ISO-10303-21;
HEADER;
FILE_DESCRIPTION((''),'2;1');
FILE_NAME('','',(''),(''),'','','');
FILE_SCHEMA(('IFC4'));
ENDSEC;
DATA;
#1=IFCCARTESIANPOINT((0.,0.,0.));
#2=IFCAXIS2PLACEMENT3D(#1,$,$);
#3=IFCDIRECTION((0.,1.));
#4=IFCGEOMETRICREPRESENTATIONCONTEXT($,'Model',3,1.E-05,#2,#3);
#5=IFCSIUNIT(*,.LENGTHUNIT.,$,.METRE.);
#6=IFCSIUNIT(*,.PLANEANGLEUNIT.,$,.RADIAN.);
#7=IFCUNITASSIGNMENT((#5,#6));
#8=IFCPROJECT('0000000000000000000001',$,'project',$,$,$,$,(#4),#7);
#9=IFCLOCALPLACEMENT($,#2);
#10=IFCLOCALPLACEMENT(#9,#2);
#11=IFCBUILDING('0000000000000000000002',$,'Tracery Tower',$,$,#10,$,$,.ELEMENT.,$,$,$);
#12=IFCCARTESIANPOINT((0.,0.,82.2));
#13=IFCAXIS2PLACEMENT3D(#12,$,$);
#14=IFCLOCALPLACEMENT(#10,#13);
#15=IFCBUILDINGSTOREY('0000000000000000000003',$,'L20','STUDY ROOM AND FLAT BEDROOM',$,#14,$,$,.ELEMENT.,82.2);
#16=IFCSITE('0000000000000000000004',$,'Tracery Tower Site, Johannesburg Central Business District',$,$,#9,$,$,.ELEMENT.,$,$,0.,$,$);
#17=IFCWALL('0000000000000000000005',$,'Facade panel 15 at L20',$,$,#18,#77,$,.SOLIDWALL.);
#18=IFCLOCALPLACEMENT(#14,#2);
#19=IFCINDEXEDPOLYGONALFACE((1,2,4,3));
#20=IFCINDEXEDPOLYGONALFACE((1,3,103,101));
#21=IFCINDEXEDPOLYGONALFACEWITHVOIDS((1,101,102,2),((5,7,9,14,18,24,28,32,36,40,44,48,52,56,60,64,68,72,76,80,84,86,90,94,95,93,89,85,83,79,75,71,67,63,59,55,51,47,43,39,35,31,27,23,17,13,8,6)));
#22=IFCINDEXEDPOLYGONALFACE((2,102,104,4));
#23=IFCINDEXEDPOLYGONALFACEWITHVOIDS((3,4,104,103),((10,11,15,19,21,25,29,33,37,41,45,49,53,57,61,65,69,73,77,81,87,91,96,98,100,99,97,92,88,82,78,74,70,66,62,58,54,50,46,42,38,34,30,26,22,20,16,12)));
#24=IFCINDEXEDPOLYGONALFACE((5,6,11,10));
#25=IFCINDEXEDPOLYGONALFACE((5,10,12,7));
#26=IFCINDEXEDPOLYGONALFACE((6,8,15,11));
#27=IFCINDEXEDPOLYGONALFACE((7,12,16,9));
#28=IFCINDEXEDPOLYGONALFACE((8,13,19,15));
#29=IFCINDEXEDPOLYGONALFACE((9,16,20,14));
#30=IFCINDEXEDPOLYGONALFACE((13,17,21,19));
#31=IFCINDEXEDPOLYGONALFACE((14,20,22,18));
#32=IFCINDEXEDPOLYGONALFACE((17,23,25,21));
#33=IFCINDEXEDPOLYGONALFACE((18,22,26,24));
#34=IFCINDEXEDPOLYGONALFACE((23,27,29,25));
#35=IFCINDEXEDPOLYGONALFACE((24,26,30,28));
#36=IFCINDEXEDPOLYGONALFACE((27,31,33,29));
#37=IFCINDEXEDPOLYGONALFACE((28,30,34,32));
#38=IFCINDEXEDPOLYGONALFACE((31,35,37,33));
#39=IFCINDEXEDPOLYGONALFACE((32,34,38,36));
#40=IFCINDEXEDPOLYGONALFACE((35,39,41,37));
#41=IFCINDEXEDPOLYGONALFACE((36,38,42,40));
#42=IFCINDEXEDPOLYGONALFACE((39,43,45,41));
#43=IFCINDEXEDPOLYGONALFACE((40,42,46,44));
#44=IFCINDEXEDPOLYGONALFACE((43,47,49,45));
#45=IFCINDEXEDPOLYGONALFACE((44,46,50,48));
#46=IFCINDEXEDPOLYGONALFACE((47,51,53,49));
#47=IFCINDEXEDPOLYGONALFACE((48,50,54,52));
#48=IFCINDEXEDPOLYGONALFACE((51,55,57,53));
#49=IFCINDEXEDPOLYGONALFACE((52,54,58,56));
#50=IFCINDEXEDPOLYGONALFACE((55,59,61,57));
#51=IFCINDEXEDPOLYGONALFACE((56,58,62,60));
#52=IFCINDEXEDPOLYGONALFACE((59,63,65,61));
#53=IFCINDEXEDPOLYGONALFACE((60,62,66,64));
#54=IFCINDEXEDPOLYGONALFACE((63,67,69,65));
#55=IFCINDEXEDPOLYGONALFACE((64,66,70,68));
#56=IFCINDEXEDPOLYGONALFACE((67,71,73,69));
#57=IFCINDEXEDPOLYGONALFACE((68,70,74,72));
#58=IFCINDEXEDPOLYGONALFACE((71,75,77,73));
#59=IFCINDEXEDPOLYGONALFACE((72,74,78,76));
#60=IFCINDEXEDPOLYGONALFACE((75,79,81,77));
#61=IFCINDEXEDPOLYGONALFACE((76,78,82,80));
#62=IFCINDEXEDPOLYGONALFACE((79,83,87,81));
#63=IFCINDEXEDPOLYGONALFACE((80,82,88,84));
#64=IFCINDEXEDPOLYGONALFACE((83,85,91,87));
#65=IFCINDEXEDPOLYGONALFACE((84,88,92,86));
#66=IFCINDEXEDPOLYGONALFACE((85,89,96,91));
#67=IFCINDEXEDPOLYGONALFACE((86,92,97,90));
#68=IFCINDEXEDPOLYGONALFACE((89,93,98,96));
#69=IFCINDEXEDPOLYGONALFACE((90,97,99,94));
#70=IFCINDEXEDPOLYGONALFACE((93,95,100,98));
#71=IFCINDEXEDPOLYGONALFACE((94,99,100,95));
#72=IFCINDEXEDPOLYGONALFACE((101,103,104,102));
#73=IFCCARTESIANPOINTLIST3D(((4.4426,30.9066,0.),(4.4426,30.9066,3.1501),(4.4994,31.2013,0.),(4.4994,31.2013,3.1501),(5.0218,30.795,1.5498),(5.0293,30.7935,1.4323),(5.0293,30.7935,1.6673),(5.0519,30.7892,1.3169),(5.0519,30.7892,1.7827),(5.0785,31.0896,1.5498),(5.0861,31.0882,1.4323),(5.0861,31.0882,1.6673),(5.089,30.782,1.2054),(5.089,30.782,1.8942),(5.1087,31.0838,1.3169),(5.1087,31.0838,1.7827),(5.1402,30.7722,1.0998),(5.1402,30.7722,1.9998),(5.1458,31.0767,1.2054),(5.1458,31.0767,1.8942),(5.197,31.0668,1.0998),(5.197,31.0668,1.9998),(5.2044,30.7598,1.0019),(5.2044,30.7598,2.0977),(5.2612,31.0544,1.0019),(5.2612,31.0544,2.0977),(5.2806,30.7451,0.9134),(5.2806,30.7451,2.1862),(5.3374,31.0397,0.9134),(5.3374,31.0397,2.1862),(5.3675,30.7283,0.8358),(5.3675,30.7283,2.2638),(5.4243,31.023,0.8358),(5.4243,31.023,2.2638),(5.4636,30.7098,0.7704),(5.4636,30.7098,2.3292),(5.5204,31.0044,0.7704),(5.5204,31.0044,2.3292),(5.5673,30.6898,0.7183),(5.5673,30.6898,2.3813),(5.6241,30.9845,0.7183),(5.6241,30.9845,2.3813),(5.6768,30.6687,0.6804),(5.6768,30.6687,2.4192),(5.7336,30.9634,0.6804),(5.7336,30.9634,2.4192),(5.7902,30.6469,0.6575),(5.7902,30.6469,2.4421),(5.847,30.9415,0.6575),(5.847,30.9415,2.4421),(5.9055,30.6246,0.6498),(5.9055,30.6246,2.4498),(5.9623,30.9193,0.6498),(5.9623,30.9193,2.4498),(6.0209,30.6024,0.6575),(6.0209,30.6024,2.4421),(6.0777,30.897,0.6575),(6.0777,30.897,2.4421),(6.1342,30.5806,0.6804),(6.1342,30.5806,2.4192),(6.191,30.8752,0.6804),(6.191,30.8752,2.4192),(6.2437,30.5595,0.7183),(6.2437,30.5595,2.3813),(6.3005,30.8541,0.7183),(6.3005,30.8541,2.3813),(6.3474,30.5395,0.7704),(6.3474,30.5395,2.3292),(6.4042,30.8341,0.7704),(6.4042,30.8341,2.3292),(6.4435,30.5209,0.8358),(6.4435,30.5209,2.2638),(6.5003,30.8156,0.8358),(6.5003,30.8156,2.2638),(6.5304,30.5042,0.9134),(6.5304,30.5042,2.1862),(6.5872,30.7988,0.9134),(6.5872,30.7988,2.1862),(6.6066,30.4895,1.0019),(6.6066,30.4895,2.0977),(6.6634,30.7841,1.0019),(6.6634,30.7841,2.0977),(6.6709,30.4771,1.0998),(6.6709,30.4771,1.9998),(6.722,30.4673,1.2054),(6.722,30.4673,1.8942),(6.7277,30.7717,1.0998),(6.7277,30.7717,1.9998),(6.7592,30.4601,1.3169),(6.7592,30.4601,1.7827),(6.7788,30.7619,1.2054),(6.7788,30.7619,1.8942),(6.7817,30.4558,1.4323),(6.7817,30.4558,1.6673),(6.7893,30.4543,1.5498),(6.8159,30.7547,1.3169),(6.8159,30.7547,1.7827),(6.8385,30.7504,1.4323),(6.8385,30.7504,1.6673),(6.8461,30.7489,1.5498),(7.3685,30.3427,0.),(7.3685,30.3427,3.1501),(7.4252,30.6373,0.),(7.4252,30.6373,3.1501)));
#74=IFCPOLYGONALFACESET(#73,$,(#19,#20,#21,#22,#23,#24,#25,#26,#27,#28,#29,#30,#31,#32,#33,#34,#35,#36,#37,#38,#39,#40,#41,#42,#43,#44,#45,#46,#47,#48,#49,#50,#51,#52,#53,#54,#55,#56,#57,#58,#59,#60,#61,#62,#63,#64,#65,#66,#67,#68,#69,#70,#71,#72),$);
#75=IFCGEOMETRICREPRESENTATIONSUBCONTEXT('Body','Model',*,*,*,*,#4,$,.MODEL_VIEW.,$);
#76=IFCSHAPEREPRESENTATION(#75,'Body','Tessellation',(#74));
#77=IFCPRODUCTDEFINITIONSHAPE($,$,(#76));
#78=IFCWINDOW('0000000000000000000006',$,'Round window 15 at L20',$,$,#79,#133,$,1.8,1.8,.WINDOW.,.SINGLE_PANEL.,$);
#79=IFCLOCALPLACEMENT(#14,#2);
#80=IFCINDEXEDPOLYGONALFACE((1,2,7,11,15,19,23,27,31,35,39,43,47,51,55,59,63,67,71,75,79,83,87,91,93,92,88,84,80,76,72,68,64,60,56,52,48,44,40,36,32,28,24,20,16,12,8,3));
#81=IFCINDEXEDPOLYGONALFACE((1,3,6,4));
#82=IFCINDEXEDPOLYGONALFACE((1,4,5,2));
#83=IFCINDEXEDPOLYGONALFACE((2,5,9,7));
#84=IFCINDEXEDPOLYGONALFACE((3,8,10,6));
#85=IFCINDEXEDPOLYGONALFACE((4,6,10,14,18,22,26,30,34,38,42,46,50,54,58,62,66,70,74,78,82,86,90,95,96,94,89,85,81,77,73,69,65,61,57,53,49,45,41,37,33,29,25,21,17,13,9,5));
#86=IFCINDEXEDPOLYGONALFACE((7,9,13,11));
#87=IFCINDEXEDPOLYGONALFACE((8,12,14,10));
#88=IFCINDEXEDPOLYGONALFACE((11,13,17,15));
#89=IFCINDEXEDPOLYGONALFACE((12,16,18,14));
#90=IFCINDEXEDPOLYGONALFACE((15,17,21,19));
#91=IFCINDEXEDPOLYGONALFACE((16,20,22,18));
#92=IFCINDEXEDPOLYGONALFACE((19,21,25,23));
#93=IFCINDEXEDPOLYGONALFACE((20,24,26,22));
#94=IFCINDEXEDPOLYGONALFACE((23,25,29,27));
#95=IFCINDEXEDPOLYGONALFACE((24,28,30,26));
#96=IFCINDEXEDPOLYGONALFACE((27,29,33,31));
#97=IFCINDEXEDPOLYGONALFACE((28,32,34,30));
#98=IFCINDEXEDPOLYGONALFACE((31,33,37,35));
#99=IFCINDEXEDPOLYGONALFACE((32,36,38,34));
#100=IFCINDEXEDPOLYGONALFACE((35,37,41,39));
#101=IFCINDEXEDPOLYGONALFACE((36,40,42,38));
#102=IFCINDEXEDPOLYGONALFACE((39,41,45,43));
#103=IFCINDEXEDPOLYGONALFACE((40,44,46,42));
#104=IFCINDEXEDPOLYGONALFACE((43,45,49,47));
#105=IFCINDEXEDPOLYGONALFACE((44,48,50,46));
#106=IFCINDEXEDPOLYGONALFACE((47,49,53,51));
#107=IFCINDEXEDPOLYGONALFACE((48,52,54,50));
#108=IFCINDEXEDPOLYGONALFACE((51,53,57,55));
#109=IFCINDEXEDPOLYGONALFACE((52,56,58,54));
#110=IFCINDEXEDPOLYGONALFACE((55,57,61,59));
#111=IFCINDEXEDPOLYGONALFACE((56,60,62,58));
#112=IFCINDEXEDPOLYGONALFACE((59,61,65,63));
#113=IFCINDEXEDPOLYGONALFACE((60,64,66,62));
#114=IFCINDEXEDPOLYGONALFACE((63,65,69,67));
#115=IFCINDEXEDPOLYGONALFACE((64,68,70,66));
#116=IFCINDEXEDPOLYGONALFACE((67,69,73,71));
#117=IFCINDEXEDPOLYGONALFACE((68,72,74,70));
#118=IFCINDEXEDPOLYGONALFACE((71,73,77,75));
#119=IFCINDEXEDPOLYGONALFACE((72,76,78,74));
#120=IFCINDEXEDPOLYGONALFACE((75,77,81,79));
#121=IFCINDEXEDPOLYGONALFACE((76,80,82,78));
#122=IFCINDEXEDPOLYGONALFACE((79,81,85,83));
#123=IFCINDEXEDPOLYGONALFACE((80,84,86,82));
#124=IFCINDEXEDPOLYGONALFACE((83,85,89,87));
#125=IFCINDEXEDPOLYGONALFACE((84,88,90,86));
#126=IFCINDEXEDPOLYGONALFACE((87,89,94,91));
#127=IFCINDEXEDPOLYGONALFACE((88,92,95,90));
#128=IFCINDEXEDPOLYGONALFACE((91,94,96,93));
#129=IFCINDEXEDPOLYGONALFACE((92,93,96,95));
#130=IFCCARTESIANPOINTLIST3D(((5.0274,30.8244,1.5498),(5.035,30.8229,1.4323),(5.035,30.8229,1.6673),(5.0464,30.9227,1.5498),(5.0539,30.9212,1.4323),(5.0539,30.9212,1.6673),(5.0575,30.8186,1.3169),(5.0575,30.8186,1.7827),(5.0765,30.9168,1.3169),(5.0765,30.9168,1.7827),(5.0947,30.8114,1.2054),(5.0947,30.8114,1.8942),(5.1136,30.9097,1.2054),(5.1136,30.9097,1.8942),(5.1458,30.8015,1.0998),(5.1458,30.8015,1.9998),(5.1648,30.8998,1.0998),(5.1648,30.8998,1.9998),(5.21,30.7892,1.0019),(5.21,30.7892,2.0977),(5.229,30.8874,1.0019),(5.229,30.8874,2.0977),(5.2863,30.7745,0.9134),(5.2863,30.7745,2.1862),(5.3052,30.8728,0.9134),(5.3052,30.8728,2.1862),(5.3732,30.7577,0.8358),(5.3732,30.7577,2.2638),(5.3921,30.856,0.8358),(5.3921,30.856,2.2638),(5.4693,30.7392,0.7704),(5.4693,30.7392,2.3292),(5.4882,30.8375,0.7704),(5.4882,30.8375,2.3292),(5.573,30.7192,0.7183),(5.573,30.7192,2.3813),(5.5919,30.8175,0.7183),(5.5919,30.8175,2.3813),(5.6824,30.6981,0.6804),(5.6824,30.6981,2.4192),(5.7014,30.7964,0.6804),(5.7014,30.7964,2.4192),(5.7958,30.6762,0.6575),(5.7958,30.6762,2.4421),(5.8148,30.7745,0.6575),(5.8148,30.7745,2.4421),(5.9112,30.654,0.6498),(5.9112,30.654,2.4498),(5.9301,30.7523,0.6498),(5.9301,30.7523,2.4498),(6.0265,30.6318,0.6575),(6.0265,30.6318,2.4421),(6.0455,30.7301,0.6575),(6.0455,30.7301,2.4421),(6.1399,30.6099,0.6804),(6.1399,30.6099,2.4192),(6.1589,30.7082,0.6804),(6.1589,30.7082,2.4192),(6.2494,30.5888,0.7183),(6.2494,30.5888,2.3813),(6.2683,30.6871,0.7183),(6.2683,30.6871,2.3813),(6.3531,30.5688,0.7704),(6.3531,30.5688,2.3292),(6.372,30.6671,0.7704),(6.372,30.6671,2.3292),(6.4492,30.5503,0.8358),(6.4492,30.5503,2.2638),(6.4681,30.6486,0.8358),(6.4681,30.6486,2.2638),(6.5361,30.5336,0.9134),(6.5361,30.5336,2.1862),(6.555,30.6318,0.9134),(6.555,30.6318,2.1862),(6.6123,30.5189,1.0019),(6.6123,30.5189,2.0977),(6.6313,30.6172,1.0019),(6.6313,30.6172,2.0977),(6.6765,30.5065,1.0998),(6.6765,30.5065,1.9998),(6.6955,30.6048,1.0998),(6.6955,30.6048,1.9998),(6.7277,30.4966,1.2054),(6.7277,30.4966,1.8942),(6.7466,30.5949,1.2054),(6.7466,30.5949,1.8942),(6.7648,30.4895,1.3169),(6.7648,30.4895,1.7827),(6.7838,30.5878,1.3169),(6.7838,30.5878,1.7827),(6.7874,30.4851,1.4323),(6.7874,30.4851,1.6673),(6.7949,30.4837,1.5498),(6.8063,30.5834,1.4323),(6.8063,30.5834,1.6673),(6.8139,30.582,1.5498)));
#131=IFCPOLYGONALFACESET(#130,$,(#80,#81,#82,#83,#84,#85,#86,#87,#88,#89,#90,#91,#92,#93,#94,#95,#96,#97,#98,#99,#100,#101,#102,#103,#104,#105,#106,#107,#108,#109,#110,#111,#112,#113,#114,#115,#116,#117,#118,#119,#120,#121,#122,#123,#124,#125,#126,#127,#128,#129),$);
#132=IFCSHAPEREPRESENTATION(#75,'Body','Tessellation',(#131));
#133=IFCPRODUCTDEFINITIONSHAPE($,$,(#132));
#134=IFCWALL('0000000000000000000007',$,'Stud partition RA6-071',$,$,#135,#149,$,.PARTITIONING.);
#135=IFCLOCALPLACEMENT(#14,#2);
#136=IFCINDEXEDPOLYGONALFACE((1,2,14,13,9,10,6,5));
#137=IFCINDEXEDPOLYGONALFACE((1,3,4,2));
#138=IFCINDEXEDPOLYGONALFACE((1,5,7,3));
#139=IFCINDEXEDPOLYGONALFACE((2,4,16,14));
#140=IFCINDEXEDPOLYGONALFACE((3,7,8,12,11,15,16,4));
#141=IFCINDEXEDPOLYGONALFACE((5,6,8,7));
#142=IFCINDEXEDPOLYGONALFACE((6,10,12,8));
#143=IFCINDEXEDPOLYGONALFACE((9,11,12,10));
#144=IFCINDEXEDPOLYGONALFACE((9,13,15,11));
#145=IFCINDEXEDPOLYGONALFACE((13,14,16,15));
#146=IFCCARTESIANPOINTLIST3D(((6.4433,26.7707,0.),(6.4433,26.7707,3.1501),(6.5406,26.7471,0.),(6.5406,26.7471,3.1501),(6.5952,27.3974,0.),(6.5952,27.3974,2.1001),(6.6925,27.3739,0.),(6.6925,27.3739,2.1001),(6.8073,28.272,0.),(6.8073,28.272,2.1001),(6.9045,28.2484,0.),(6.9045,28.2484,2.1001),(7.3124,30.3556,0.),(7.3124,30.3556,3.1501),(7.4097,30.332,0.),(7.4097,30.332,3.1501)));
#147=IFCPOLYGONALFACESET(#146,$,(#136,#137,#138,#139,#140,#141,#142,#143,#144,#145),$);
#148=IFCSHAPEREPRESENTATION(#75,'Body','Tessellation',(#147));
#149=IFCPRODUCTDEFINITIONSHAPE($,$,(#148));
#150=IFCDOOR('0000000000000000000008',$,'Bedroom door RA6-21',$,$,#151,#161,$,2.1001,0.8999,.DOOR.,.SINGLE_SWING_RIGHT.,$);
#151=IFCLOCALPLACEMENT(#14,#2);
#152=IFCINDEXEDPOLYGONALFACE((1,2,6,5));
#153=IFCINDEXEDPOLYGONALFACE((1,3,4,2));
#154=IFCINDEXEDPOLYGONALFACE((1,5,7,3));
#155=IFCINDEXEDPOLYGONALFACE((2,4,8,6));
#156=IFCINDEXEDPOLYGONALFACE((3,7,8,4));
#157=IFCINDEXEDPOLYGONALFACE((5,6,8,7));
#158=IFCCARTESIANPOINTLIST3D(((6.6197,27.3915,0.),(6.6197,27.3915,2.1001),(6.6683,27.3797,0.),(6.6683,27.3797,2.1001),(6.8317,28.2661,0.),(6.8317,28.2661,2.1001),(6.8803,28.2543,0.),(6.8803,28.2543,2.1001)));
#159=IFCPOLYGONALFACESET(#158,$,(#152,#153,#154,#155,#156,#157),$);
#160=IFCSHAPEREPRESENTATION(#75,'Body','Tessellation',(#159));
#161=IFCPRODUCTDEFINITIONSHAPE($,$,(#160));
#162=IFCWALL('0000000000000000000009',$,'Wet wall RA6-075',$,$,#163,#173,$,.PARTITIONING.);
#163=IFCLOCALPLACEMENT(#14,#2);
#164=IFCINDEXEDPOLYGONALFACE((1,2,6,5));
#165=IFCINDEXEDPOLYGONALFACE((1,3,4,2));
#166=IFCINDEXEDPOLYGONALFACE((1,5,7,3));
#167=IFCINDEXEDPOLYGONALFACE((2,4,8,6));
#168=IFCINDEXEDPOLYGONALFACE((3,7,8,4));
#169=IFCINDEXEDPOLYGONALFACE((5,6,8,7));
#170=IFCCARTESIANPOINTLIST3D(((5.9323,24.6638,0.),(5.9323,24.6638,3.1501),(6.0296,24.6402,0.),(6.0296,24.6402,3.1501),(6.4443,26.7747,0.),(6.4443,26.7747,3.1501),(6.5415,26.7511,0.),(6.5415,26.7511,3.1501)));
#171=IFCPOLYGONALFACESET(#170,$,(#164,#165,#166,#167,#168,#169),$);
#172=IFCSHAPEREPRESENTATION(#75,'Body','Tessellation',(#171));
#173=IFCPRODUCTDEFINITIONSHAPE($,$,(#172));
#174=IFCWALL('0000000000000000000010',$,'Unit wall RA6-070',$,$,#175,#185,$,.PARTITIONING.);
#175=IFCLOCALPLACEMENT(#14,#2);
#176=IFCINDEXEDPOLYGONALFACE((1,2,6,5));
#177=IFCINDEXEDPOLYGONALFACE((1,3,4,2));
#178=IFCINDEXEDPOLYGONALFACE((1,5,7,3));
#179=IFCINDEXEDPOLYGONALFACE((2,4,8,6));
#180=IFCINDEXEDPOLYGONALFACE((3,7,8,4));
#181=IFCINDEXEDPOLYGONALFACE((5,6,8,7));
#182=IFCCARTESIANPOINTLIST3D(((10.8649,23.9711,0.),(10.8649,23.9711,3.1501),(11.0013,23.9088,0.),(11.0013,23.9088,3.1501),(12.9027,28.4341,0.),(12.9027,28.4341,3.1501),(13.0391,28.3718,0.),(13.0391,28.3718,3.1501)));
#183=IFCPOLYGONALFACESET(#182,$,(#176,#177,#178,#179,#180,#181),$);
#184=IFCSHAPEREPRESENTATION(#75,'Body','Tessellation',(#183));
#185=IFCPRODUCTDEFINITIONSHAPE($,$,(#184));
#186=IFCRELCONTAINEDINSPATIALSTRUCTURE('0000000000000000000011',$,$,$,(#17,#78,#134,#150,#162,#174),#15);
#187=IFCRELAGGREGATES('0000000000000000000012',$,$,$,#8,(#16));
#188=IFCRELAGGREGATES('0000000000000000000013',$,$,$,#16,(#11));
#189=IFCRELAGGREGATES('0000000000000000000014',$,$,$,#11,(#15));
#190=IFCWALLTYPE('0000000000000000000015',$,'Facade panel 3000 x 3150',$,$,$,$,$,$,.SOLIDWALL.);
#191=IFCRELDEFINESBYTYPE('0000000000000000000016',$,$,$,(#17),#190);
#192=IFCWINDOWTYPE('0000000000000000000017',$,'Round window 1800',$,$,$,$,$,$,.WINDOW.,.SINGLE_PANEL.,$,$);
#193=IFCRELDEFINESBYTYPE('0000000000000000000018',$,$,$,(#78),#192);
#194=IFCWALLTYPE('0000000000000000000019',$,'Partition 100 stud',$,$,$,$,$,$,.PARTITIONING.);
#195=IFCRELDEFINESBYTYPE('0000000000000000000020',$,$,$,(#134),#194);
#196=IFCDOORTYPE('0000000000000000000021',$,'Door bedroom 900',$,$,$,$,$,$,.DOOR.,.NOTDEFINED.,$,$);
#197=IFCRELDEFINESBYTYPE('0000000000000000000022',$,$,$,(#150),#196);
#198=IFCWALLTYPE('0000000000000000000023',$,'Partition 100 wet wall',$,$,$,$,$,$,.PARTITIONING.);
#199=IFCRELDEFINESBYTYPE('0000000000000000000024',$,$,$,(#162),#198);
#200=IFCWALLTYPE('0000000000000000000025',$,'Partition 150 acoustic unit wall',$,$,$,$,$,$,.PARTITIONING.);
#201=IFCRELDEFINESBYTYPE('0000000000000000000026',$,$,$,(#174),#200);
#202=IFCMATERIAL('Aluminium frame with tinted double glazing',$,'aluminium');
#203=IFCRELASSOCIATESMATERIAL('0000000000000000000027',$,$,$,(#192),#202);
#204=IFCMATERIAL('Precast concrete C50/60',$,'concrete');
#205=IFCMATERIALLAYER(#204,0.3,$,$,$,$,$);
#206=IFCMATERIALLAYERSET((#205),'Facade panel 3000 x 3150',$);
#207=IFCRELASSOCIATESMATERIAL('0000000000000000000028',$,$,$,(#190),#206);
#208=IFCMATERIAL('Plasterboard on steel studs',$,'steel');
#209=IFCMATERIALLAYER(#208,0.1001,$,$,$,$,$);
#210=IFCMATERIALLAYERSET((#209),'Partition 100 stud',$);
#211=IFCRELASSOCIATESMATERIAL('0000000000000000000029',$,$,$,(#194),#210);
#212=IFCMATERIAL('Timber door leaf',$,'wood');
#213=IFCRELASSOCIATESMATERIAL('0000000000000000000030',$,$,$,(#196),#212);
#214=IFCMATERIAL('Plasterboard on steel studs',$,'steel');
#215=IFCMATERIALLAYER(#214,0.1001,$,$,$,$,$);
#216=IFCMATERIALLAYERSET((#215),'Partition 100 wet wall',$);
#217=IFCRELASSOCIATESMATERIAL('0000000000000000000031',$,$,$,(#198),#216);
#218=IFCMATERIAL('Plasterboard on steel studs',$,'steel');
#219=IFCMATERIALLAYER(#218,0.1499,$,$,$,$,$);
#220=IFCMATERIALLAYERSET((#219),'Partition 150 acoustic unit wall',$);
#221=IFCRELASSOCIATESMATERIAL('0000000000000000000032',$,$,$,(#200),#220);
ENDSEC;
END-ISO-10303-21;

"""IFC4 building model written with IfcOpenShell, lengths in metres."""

from ifc_helpers import new_model, si_unit, direction, frame, frame_2d, origin, origin_2d, place, context, subcontext, project, spatial, rectangle, circle, extrude, material, layer, layer_set, type_object, element, fill, save


model = new_model("IFC4")

# Units and contexts
model_context = context("Model", 3, precision=1e-05, world=origin(), true_north=direction((0.0, 1.0)))
body_context = subcontext(model_context, "Body", "Model", "MODEL_VIEW")
ifc_project = project(units=[si_unit("LENGTHUNIT", "METRE"), si_unit("PLANEANGLEUNIT", "RADIAN")], contexts=[model_context])

# Site, building, storey
site_placement = place(None, origin())
site = spatial("IfcSite", under=ifc_project, at=site_placement, Name="Tracery Tower Site, Johannesburg Central Business District", CompositionType="ELEMENT", RefElevation=0.0)
building_placement = place(site_placement, origin())
building = spatial("IfcBuilding", under=site, at=building_placement, Name="Tracery Tower", CompositionType="ELEMENT")
storey_placement = place(building_placement, frame((0.0, 0.0, 82.2)))
storey = spatial("IfcBuildingStorey", under=building, at=storey_placement, Name="L20", Description="STUDY ROOM AND FLAT BEDROOM", CompositionType="ELEMENT", Elevation=82.2)

# Wall, opening, window
ifc_material_1 = material(Name="Aluminium frame with tinted double glazing", Category="aluminium")
window_type = type_object("IfcWindowType", Name="Round window 1800", PartitioningType="SINGLE_PANEL", PredefinedType="WINDOW", material=ifc_material_1)
ifc_material_2 = material(Name="Precast concrete C50/60", Category="concrete")
ifc_layer_1 = layer(ifc_material_2, 0.3)
ifc_layer_set_1 = layer_set([ifc_layer_1], Name="Facade panel 3000 x 3150")
wall_type_1 = type_object("IfcWallType", Name="Facade panel 3000 x 3150", PredefinedType="SOLIDWALL", material=ifc_layer_set_1)
wall_1_placement = place(storey_placement, frame((7.3967, 30.49, 0.0), z_axis=(0.0, 0.0, 1.0), x_axis=(-0.981925, 0.189273, 0.0)))
wall_1 = element("IfcWall", 1, at=wall_1_placement, inside=storey, type_object=wall_type_1, Name="Facade panel 15 at L20", PredefinedType="SOLIDWALL", context=body_context, shape_type="SweptSolid", body=[
    extrude(rectangle(XDim=2.9797, YDim=0.3, at=frame_2d((1.4897, 0.0))), origin(), (0.0, 0.0, 1.0), 3.1501),
])
opening_1_placement = place(wall_1_placement, frame((1.4897, 0.0, 1.5498)))
opening_1 = element("IfcOpeningElement", 2, at=opening_1_placement, cuts=wall_1, PredefinedType="OPENING", context=body_context, shape_type="SweptSolid", body=[
    extrude(circle(Radius=0.9, at=origin_2d()), frame((0.0, 0.1599, 0.0), z_axis=(0.0, -1.0, 0.0), x_axis=(1.0, 0.0, 0.0)), (0.0, 0.0, 1.0), 0.3201),
])
window_1_placement = place(opening_1_placement, origin())
window_1 = element("IfcWindow", 3, at=window_1_placement, inside=storey, type_object=window_type, Name="Round window 15 at L20", OverallHeight=1.8, OverallWidth=1.8, PartitioningType="SINGLE_PANEL", PredefinedType="WINDOW", context=body_context, shape_type="SweptSolid", body=[
    extrude(circle(Radius=0.9, at=origin_2d()), frame((0.0, 0.1201, 0.0), z_axis=(0.0, -1.0, 0.0), x_axis=(1.0, 0.0, 0.0)), (0.0, 0.0, 1.0), 0.1001),
])
fill(opening_1, window_1)

# Wall, opening, door
ifc_material_3 = material(Name="Plasterboard on steel studs", Category="steel")
ifc_layer_2 = layer(ifc_material_3, 0.1001)
ifc_layer_set_2 = layer_set([ifc_layer_2], Name="Partition 100 stud")
wall_type_2 = type_object("IfcWallType", Name="Partition 100 stud", PredefinedType="PARTITIONING", material=ifc_layer_set_2)
wall_2_placement = place(storey_placement, frame((6.4919, 26.759, 0.0), z_axis=(0.0, 0.0, 1.0), x_axis=(0.235615, 0.971846, 0.0)))
wall_2 = element("IfcWall", 4, at=wall_2_placement, inside=storey, type_object=wall_type_2, Name="Stud partition RA6-071", PredefinedType="PARTITIONING", context=body_context, shape_type="SweptSolid", body=[
    extrude(rectangle(XDim=3.6887, YDim=0.1001, at=frame_2d((1.8442, 0.0))), origin(), (0.0, 0.0, 1.0), 3.1501),
])
opening_2_placement = place(wall_2_placement, frame((0.6448, 0.0, 0.0)))
opening_2 = element("IfcOpeningElement", 5, at=opening_2_placement, cuts=wall_2, PredefinedType="OPENING", context=body_context, shape_type="SweptSolid", body=[
    extrude(rectangle(XDim=0.8999, YDim=2.1001, at=frame_2d((0.45, 1.05))), frame((0.0, 0.05, 0.0), z_axis=(0.0, -1.0, 0.0), x_axis=(1.0, 0.0, 0.0)), (0.0, 0.0, 1.0), 0.1001),
])
ifc_material_4 = material(Name="Timber door leaf", Category="wood")
door_type_1 = type_object("IfcDoorType", Name="Door bedroom 900", OperationType="NOTDEFINED", PredefinedType="DOOR", material=ifc_material_4)
door_1_placement = place(opening_2_placement, origin())
door_1 = element("IfcDoor", 6, at=door_1_placement, inside=storey, type_object=door_type_1, Name="Bedroom door RA6-21", OperationType="SINGLE_SWING_RIGHT", OverallHeight=2.1001, OverallWidth=0.8999, PredefinedType="DOOR", context=body_context, shape_type="SweptSolid", body=[
    extrude(rectangle(XDim=0.8999, YDim=2.1001, at=frame_2d((0.45, 1.05))), frame((0.0, 0.0249, 0.0), z_axis=(0.0, -1.0, 0.0), x_axis=(1.0, 0.0, 0.0)), (0.0, 0.0, 1.0), 0.05),
])
fill(opening_2, door_1)

# Walls
ifc_material_5 = material(Name="Plasterboard on steel studs", Category="steel")
ifc_layer_3 = layer(ifc_material_5, 0.1001)
ifc_layer_set_3 = layer_set([ifc_layer_3], Name="Partition 100 wet wall")
wall_type_3 = type_object("IfcWallType", Name="Partition 100 wet wall", PredefinedType="PARTITIONING", material=ifc_layer_set_3)
wall_3_placement = place(storey_placement, frame((5.981, 24.6521, 0.0), z_axis=(0.0, 0.0, 1.0), x_axis=(0.235706, 0.971824, 0.0)))
element("IfcWall", 7, at=wall_3_placement, inside=storey, type_object=wall_type_3, Name="Wet wall RA6-075", PredefinedType="PARTITIONING", context=body_context, shape_type="SweptSolid", body=[
    extrude(rectangle(XDim=2.1721, YDim=0.1001, at=frame_2d((1.0859, 0.0))), origin(), (0.0, 0.0, 1.0), 3.1501),
])
ifc_material_6 = material(Name="Plasterboard on steel studs", Category="steel")
ifc_layer_4 = layer(ifc_material_6, 0.1499)
ifc_layer_set_4 = layer_set([ifc_layer_4], Name="Partition 150 acoustic unit wall")
wall_type_4 = type_object("IfcWallType", Name="Partition 150 acoustic unit wall", PredefinedType="PARTITIONING", material=ifc_layer_set_4)
wall_4_placement = place(storey_placement, frame((10.9331, 23.9399, 0.0), z_axis=(0.0, 0.0, 1.0), x_axis=(0.415347, 0.909663, 0.0)))
element("IfcWall", 8, at=wall_4_placement, inside=storey, type_object=wall_type_4, Name="Unit wall RA6-070", PredefinedType="PARTITIONING", context=body_context, shape_type="SweptSolid", body=[
    extrude(rectangle(XDim=4.9062, YDim=0.1499, at=frame_2d((2.4531, 0.0))), origin(), (0.0, 0.0, 1.0), 3.1501),
])

save(model, "model.ifc")
